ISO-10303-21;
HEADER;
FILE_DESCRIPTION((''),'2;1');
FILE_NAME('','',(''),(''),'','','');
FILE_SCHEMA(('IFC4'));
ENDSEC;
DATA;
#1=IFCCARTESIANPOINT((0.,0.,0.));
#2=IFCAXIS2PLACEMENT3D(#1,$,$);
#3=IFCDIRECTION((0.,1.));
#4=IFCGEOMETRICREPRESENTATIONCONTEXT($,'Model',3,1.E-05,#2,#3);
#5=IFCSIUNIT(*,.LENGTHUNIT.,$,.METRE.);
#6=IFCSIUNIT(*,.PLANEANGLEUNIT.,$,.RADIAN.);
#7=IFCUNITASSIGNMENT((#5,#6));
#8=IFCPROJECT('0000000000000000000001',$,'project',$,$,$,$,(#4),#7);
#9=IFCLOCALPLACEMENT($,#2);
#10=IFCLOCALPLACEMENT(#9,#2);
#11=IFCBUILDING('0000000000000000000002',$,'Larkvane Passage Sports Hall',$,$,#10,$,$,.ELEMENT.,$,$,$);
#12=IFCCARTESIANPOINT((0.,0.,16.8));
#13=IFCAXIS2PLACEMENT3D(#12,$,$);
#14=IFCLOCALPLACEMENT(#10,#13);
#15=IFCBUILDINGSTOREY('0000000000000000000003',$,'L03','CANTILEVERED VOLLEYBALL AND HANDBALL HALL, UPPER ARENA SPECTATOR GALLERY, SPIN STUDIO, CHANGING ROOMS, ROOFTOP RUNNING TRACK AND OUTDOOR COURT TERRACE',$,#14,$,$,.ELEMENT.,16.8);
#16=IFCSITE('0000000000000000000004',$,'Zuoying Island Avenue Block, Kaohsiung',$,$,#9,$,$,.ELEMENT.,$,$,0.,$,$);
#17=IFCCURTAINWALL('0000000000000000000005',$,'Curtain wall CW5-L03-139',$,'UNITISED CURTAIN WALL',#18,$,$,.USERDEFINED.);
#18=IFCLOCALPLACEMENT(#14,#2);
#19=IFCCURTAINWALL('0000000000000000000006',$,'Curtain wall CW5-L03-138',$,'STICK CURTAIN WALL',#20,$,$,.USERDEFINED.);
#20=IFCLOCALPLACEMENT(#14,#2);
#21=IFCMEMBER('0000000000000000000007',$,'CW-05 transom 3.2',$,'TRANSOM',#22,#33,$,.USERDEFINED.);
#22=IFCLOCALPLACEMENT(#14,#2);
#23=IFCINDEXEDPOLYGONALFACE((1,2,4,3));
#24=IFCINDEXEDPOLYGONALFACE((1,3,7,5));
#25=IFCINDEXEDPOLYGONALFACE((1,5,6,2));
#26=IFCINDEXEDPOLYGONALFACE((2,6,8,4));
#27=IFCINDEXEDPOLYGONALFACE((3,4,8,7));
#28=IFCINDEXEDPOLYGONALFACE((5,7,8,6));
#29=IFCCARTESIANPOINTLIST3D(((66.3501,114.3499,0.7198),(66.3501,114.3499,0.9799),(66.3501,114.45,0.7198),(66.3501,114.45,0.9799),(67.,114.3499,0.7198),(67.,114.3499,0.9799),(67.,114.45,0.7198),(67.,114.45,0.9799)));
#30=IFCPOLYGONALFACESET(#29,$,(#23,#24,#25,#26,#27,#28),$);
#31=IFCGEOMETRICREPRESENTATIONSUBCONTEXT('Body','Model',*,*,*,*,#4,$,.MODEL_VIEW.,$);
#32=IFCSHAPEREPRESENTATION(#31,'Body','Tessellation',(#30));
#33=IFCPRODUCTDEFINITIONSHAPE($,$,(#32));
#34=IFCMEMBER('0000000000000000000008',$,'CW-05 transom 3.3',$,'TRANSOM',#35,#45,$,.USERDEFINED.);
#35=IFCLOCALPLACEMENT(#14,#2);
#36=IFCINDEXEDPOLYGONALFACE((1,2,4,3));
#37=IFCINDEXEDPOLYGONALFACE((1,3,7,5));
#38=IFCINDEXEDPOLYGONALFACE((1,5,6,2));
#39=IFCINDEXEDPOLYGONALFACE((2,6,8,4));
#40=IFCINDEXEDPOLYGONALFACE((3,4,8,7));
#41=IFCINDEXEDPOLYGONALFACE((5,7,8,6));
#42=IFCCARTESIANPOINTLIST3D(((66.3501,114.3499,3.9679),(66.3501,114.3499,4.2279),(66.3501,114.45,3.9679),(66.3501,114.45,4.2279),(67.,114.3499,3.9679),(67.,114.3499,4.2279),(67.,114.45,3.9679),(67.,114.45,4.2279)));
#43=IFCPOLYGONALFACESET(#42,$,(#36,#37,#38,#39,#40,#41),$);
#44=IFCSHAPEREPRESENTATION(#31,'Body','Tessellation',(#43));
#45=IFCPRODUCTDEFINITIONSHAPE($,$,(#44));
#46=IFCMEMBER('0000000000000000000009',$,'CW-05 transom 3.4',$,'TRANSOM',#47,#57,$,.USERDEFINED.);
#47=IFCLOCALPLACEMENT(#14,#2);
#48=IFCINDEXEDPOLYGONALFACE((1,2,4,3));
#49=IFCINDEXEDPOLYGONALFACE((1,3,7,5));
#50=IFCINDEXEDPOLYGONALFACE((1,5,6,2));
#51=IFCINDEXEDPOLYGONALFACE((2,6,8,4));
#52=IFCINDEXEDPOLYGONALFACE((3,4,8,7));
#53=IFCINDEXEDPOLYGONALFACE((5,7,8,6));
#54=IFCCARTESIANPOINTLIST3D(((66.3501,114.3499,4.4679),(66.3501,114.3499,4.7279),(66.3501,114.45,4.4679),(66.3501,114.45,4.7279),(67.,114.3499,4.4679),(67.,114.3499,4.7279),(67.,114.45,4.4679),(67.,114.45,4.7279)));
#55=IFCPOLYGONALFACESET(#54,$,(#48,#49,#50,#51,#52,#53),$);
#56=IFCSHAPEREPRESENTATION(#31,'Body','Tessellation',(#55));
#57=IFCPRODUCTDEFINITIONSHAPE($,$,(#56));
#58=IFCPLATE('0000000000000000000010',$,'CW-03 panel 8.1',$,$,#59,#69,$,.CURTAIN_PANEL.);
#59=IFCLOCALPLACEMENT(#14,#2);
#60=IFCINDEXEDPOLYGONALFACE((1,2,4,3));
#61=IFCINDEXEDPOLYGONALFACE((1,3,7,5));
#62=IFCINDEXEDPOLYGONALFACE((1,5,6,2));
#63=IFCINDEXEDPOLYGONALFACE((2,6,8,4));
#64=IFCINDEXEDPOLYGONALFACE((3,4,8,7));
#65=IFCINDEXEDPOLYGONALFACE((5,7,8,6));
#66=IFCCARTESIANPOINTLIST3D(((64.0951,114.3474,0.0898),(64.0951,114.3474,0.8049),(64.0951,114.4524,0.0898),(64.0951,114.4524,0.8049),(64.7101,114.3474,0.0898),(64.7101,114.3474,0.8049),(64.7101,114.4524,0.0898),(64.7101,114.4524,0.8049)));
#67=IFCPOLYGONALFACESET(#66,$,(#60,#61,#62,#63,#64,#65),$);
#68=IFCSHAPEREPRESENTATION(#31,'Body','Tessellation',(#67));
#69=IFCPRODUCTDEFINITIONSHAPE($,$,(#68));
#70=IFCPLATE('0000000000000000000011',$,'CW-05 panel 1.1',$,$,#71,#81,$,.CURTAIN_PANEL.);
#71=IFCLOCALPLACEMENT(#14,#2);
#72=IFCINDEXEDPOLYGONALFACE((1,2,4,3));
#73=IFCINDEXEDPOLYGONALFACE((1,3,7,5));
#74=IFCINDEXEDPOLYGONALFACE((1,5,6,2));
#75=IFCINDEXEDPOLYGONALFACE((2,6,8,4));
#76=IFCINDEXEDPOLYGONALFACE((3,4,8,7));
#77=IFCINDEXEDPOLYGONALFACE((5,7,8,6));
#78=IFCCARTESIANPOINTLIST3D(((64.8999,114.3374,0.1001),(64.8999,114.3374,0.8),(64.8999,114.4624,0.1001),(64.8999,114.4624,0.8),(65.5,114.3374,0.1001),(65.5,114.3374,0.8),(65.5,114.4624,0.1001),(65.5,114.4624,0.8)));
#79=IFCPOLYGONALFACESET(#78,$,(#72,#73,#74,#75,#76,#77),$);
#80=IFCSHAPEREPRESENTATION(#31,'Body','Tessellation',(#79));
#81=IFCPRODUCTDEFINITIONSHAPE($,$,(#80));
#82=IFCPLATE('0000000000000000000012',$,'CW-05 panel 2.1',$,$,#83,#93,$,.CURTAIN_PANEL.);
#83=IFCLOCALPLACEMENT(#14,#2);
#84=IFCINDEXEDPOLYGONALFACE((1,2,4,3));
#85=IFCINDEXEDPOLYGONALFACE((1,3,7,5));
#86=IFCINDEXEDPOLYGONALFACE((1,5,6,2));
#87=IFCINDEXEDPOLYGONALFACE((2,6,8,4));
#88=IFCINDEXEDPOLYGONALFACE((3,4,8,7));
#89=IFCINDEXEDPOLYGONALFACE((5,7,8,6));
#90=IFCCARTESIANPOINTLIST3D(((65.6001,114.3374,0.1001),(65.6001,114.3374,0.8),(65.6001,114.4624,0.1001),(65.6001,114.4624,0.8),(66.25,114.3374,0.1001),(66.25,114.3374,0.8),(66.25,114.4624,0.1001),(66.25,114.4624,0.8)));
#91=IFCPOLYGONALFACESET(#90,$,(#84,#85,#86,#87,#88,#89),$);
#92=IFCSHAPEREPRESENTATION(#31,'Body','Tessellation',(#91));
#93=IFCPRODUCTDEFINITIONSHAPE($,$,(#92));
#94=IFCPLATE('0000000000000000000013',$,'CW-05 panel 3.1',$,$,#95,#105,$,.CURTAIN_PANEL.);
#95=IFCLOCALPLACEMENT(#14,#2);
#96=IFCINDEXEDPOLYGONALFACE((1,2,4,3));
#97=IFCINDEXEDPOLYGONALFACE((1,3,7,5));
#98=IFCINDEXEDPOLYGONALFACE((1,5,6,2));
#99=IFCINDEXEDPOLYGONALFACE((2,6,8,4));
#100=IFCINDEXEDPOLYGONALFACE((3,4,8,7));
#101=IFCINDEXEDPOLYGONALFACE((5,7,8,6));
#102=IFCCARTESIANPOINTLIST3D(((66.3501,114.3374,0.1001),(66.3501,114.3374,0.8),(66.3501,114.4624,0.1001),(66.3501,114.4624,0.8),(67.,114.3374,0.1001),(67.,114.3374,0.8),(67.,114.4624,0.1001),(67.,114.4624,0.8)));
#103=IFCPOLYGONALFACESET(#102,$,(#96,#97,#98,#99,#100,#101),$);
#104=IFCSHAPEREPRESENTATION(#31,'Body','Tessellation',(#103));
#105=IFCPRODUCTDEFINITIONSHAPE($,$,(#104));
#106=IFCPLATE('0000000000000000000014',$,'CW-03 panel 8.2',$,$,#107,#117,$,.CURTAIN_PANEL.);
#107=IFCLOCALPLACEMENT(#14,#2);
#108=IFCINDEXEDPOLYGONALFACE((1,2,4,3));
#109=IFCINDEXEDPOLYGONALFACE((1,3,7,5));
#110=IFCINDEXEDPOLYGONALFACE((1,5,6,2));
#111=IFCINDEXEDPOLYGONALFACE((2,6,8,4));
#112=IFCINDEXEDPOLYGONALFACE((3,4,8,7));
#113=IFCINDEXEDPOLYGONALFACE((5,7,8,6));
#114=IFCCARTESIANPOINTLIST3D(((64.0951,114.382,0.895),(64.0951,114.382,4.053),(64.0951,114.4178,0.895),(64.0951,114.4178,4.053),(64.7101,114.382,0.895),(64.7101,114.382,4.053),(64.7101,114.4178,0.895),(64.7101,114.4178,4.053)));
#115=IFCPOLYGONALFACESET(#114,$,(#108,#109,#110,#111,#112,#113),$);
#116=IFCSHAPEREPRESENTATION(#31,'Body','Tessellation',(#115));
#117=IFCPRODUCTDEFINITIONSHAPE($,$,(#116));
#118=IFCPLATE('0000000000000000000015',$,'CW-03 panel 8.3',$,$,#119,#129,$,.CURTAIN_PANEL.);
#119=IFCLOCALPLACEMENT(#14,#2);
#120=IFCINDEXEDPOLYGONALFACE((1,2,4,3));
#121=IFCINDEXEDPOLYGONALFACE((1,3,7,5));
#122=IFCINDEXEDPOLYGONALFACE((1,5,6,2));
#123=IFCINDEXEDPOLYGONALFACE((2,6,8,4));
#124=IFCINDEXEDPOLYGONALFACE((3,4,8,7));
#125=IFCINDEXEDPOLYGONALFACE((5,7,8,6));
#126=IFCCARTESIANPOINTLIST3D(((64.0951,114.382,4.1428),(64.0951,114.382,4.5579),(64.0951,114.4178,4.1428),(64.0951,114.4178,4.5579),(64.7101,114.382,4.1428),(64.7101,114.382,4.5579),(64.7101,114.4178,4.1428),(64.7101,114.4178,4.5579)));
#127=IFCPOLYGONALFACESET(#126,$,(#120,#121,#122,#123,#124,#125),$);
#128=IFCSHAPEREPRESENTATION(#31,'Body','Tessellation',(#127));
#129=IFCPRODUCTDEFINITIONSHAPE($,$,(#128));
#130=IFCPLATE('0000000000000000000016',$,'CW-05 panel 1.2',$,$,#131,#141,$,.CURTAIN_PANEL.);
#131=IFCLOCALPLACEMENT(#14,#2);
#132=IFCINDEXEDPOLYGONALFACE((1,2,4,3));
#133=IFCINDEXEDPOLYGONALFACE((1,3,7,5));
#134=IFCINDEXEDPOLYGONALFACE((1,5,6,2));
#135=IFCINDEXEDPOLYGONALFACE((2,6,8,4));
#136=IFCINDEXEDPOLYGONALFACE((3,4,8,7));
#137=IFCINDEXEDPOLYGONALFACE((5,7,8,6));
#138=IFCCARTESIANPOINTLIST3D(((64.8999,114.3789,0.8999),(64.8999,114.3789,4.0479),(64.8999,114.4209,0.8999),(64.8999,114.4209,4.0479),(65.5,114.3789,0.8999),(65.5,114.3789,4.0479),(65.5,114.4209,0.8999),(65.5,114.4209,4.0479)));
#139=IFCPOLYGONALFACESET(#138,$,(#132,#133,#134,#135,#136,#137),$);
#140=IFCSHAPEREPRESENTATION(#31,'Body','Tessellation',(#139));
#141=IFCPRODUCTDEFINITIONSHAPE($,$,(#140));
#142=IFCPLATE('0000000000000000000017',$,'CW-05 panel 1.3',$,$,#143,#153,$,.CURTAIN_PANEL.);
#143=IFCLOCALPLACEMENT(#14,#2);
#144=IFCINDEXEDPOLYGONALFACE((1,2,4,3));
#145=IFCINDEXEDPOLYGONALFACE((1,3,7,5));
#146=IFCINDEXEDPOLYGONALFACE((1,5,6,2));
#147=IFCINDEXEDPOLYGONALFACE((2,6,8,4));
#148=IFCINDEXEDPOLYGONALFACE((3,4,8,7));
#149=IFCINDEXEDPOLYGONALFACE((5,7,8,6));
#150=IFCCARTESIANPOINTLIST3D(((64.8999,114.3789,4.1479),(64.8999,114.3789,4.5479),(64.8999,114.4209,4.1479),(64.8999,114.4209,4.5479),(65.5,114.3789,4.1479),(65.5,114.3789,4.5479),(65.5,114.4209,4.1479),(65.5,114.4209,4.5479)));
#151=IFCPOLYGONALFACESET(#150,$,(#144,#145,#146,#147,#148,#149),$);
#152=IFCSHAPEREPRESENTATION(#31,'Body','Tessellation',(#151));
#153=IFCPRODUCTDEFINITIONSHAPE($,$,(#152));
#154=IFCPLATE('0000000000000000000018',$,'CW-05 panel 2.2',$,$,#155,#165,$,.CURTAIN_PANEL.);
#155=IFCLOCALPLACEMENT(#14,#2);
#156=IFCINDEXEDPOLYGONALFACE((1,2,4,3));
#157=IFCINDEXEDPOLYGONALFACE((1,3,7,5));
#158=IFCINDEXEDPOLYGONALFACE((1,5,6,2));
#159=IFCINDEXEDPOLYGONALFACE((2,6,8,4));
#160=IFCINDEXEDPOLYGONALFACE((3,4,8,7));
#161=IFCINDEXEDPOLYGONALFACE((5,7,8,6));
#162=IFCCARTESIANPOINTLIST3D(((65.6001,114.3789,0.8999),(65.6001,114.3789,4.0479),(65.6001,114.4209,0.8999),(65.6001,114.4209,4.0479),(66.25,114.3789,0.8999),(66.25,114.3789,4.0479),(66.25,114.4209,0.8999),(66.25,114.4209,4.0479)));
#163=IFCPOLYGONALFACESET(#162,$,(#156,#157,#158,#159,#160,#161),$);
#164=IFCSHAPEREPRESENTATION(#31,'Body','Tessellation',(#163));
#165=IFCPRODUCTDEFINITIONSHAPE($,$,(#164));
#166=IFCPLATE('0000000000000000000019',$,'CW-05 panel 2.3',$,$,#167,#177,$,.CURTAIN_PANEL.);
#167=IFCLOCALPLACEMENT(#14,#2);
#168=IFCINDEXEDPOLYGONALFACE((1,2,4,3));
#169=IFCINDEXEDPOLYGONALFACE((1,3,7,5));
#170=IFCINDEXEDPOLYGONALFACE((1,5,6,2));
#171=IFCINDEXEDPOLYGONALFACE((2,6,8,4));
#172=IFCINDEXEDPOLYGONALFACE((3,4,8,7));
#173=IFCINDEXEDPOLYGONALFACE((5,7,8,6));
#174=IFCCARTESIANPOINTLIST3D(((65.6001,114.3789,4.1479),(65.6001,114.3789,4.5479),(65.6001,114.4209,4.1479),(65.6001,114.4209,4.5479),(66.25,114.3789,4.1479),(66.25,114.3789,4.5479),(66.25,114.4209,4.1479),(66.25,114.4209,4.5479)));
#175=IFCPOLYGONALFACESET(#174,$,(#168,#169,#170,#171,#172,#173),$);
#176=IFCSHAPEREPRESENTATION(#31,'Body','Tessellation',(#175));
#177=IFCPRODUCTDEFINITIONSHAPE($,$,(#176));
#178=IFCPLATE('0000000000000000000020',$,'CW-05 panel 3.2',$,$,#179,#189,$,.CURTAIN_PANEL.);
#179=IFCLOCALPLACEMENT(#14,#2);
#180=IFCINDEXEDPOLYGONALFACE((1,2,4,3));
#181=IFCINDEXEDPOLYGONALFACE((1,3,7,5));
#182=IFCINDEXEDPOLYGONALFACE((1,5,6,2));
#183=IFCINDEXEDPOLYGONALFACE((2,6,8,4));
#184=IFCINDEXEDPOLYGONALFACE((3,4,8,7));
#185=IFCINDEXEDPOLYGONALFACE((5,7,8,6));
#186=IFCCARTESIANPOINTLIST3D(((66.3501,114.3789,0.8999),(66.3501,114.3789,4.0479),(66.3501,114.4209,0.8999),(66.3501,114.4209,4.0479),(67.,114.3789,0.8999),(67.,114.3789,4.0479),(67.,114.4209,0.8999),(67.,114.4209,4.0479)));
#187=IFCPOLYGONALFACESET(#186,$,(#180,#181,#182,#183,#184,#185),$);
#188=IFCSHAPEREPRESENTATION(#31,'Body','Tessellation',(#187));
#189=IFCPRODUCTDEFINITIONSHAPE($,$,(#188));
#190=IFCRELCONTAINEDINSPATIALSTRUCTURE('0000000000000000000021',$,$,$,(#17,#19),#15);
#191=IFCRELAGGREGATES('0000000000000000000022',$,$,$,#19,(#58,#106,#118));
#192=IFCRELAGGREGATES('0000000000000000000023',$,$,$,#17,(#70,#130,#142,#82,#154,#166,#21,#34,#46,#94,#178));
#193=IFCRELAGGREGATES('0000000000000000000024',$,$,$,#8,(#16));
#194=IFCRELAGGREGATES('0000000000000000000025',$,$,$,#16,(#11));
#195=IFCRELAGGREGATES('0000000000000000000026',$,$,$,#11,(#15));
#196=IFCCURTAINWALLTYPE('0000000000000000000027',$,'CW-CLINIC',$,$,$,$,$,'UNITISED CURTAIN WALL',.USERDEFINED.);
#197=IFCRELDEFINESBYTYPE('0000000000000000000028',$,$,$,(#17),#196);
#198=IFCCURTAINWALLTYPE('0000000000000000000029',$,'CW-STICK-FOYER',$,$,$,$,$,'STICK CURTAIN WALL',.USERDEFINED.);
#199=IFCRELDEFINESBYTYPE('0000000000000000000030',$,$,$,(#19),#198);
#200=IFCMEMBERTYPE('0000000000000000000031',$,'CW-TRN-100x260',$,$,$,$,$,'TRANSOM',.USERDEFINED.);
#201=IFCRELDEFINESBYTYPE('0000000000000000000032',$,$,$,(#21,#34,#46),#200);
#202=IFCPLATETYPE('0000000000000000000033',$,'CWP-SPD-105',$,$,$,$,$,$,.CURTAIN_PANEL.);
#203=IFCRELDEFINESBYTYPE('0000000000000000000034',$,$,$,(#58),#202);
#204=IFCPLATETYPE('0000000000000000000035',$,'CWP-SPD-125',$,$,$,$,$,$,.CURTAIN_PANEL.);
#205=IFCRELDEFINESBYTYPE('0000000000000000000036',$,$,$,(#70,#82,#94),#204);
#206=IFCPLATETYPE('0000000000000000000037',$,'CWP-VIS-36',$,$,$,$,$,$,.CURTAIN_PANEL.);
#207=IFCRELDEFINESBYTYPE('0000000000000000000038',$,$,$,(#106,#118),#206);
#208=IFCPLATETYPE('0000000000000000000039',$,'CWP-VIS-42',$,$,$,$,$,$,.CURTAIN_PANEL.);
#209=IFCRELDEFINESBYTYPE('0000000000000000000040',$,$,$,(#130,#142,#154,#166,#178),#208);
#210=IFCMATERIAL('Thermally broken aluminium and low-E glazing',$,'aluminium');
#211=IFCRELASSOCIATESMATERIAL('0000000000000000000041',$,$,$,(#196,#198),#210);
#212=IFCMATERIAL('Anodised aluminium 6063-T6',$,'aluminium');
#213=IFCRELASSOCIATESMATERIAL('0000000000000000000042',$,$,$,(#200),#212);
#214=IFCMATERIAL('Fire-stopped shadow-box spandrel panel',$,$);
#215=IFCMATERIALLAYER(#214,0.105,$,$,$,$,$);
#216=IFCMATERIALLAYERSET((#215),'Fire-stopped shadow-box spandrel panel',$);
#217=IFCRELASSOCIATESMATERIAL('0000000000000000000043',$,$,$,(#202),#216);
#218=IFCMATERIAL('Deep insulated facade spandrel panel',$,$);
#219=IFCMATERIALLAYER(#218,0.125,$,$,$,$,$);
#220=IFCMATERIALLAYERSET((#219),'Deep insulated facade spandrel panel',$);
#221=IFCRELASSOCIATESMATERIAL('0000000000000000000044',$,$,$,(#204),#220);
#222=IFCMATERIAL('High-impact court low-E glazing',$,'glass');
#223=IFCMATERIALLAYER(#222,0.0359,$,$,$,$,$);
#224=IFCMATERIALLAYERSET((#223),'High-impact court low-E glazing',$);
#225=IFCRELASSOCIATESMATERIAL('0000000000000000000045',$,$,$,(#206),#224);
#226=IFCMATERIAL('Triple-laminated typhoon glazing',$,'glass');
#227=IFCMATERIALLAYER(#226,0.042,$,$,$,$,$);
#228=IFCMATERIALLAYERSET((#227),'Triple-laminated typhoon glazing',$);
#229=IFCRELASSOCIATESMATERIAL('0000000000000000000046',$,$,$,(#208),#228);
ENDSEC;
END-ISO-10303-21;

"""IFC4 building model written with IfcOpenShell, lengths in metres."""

from ifc_helpers import new_model, si_unit, direction, frame, origin, origin_2d, place, context, subcontext, project, spatial, rectangle, extrude, material, layer, layer_set, material_profile, profile_set, type_object, element, aggregate, save


model = new_model("IFC4")

# Units and contexts
model_context = context("Model", 3, precision=1e-05, world=origin(), true_north=direction((0.0, 1.0)))
body_context = subcontext(model_context, "Body", "Model", "MODEL_VIEW")
ifc_project = project(units=[si_unit("LENGTHUNIT", "METRE"), si_unit("PLANEANGLEUNIT", "RADIAN")], contexts=[model_context])

# Site, building, storey
site_placement = place(None, origin())
site = spatial("IfcSite", under=ifc_project, at=site_placement, Name="Zuoying Island Avenue Block, Kaohsiung", CompositionType="ELEMENT", RefElevation=0.0)
building_placement = place(site_placement, origin())
building = spatial("IfcBuilding", under=site, at=building_placement, Name="Larkvane Passage Sports Hall", CompositionType="ELEMENT")
storey_placement = place(building_placement, frame((0.0, 0.0, 16.8)))
storey = spatial("IfcBuildingStorey", under=building, at=storey_placement, Name="L03", Description="CANTILEVERED VOLLEYBALL AND HANDBALL HALL, UPPER ARENA SPECTATOR GALLERY, SPIN STUDIO, CHANGING ROOMS, ROOFTOP RUNNING TRACK AND OUTDOOR COURT TERRACE", CompositionType="ELEMENT", Elevation=16.8)

# Curtain wall
ifc_material_1 = material(Name="Thermally broken aluminium and low-E glazing", Category="aluminium")
curtain_wall_type_1 = type_object("IfcCurtainWallType", Name="CW-CLINIC", ElementType="UNITISED CURTAIN WALL", PredefinedType="USERDEFINED", material=ifc_material_1)
curtain_wall_1_placement = place(storey_placement, origin())
curtain_wall_1 = element("IfcCurtainWall", 1, at=curtain_wall_1_placement, inside=storey, type_object=curtain_wall_type_1, Name="Curtain wall CW5-L03-139", ObjectType="UNITISED CURTAIN WALL", PredefinedType="USERDEFINED")
ifc_material_2 = material(Name="Anodised aluminium 6063-T6", Category="aluminium")

# Curtain wall
curtain_wall_type_2 = type_object("IfcCurtainWallType", Name="CW-STICK-FOYER", ElementType="STICK CURTAIN WALL", PredefinedType="USERDEFINED", material=ifc_material_1)
curtain_wall_2_placement = place(storey_placement, origin())
curtain_wall_2 = element("IfcCurtainWall", 2, at=curtain_wall_2_placement, inside=storey, type_object=curtain_wall_type_2, Name="Curtain wall CW5-L03-138", ObjectType="STICK CURTAIN WALL", PredefinedType="USERDEFINED")

# Members
ifc_material_profile_1 = material_profile(ifc_material_2, rectangle(XDim=0.1001, YDim=0.26, at=origin_2d()), Name="ALU-TRN-100x260")
ifc_profile_set_1 = profile_set([ifc_material_profile_1], Name="Anodised aluminium 6063-T6")
member_type_1 = type_object("IfcMemberType", Name="CW-TRN-100x260", ElementType="TRANSOM", PredefinedType="USERDEFINED", material=ifc_profile_set_1)
member_1_placement = place(storey_placement, frame((66.3501, 114.3999, 0.8499), z_axis=(1.0, 0.0, 0.0), x_axis=(0.0, 1.0, 0.0)))
member_1 = element("IfcMember", 3, at=member_1_placement, type_object=member_type_1, Name="CW-05 transom 3.2", ObjectType="TRANSOM", PredefinedType="USERDEFINED", context=body_context, shape_type="SweptSolid", body=[
    extrude(rectangle(XDim=0.1001, YDim=0.26, at=origin_2d()), origin(), (0.0, 0.0, 1.0), 0.6499),
])
member_2_placement = place(storey_placement, frame((66.3501, 114.3999, 4.0979), z_axis=(1.0, 0.0, 0.0), x_axis=(0.0, 1.0, 0.0)))
member_2 = element("IfcMember", 4, at=member_2_placement, type_object=member_type_1, Name="CW-05 transom 3.3", ObjectType="TRANSOM", PredefinedType="USERDEFINED", context=body_context, shape_type="SweptSolid", body=[
    extrude(rectangle(XDim=0.1001, YDim=0.26, at=origin_2d()), origin(), (0.0, 0.0, 1.0), 0.6499),
])
member_3_placement = place(storey_placement, frame((66.3501, 114.3999, 4.5979), z_axis=(1.0, 0.0, 0.0), x_axis=(0.0, 1.0, 0.0)))
member_3 = element("IfcMember", 5, at=member_3_placement, type_object=member_type_1, Name="CW-05 transom 3.4", ObjectType="TRANSOM", PredefinedType="USERDEFINED", context=body_context, shape_type="SweptSolid", body=[
    extrude(rectangle(XDim=0.1001, YDim=0.26, at=origin_2d()), origin(), (0.0, 0.0, 1.0), 0.6499),
])

# Plates
ifc_material_3 = material(Name="Fire-stopped shadow-box spandrel panel")
ifc_layer_1 = layer(ifc_material_3, 0.105)
ifc_layer_set_1 = layer_set([ifc_layer_1], Name="Fire-stopped shadow-box spandrel panel")
plate_type_1 = type_object("IfcPlateType", Name="CWP-SPD-105", PredefinedType="CURTAIN_PANEL", material=ifc_layer_set_1)
plate_1_placement = place(storey_placement, frame((64.4026, 114.3999, 0.0898), z_axis=(0.0, 0.0, 1.0), x_axis=(1.0, 0.0, 0.0)))
plate_1 = element("IfcPlate", 6, at=plate_1_placement, type_object=plate_type_1, Name="CW-03 panel 8.1", PredefinedType="CURTAIN_PANEL", context=body_context, shape_type="SweptSolid", body=[
    extrude(rectangle(XDim=0.615, YDim=0.105, at=origin_2d()), origin(), (0.0, 0.0, 1.0), 0.7151),
])
ifc_material_4 = material(Name="Deep insulated facade spandrel panel")
ifc_layer_2 = layer(ifc_material_4, 0.125)
ifc_layer_set_2 = layer_set([ifc_layer_2], Name="Deep insulated facade spandrel panel")
plate_type_2 = type_object("IfcPlateType", Name="CWP-SPD-125", PredefinedType="CURTAIN_PANEL", material=ifc_layer_set_2)
plate_2_placement = place(storey_placement, frame((65.2, 114.3999, 0.1001), z_axis=(0.0, 0.0, 1.0), x_axis=(1.0, 0.0, 0.0)))
plate_2 = element("IfcPlate", 7, at=plate_2_placement, type_object=plate_type_2, Name="CW-05 panel 1.1", PredefinedType="CURTAIN_PANEL", context=body_context, shape_type="SweptSolid", body=[
    extrude(rectangle(XDim=0.6001, YDim=0.125, at=origin_2d()), origin(), (0.0, 0.0, 1.0), 0.7),
])
plate_3_placement = place(storey_placement, frame((65.925, 114.3999, 0.1001), z_axis=(0.0, 0.0, 1.0), x_axis=(1.0, 0.0, 0.0)))
plate_3 = element("IfcPlate", 8, at=plate_3_placement, type_object=plate_type_2, Name="CW-05 panel 2.1", PredefinedType="CURTAIN_PANEL", context=body_context, shape_type="SweptSolid", body=[
    extrude(rectangle(XDim=0.6499, YDim=0.125, at=origin_2d()), origin(), (0.0, 0.0, 1.0), 0.7),
])
plate_4_placement = place(storey_placement, frame((66.675, 114.3999, 0.1001), z_axis=(0.0, 0.0, 1.0), x_axis=(1.0, 0.0, 0.0)))
plate_4 = element("IfcPlate", 9, at=plate_4_placement, type_object=plate_type_2, Name="CW-05 panel 3.1", PredefinedType="CURTAIN_PANEL", context=body_context, shape_type="SweptSolid", body=[
    extrude(rectangle(XDim=0.6499, YDim=0.125, at=origin_2d()), origin(), (0.0, 0.0, 1.0), 0.7),
])
ifc_material_5 = material(Name="High-impact court low-E glazing", Category="glass")
ifc_layer_3 = layer(ifc_material_5, 0.0359)
ifc_layer_set_3 = layer_set([ifc_layer_3], Name="High-impact court low-E glazing")
plate_type_3 = type_object("IfcPlateType", Name="CWP-VIS-36", PredefinedType="CURTAIN_PANEL", material=ifc_layer_set_3)
plate_5_placement = place(storey_placement, frame((64.4026, 114.3999, 0.895), z_axis=(0.0, 0.0, 1.0), x_axis=(1.0, 0.0, 0.0)))
plate_5 = element("IfcPlate", 10, at=plate_5_placement, type_object=plate_type_3, Name="CW-03 panel 8.2", PredefinedType="CURTAIN_PANEL", context=body_context, shape_type="SweptSolid", body=[
    extrude(rectangle(XDim=0.615, YDim=0.0359, at=origin_2d()), origin(), (0.0, 0.0, 1.0), 3.158),
])
plate_6_placement = place(storey_placement, frame((64.4026, 114.3999, 4.1428), z_axis=(0.0, 0.0, 1.0), x_axis=(1.0, 0.0, 0.0)))
plate_6 = element("IfcPlate", 11, at=plate_6_placement, type_object=plate_type_3, Name="CW-03 panel 8.3", PredefinedType="CURTAIN_PANEL", context=body_context, shape_type="SweptSolid", body=[
    extrude(rectangle(XDim=0.615, YDim=0.0359, at=origin_2d()), origin(), (0.0, 0.0, 1.0), 0.415),
])
aggregate(curtain_wall_2, [plate_1, plate_5, plate_6])
ifc_material_6 = material(Name="Triple-laminated typhoon glazing", Category="glass")
ifc_layer_4 = layer(ifc_material_6, 0.042)
ifc_layer_set_4 = layer_set([ifc_layer_4], Name="Triple-laminated typhoon glazing")
plate_type_4 = type_object("IfcPlateType", Name="CWP-VIS-42", PredefinedType="CURTAIN_PANEL", material=ifc_layer_set_4)
plate_7_placement = place(storey_placement, frame((65.2, 114.3999, 0.8999), z_axis=(0.0, 0.0, 1.0), x_axis=(1.0, 0.0, 0.0)))
plate_7 = element("IfcPlate", 12, at=plate_7_placement, type_object=plate_type_4, Name="CW-05 panel 1.2", PredefinedType="CURTAIN_PANEL", context=body_context, shape_type="SweptSolid", body=[
    extrude(rectangle(XDim=0.6001, YDim=0.042, at=origin_2d()), origin(), (0.0, 0.0, 1.0), 3.1479),
])
plate_8_placement = place(storey_placement, frame((65.2, 114.3999, 4.1479), z_axis=(0.0, 0.0, 1.0), x_axis=(1.0, 0.0, 0.0)))
plate_8 = element("IfcPlate", 13, at=plate_8_placement, type_object=plate_type_4, Name="CW-05 panel 1.3", PredefinedType="CURTAIN_PANEL", context=body_context, shape_type="SweptSolid", body=[
    extrude(rectangle(XDim=0.6001, YDim=0.042, at=origin_2d()), origin(), (0.0, 0.0, 1.0), 0.3999),
])
plate_9_placement = place(storey_placement, frame((65.925, 114.3999, 0.8999), z_axis=(0.0, 0.0, 1.0), x_axis=(1.0, 0.0, 0.0)))
plate_9 = element("IfcPlate", 14, at=plate_9_placement, type_object=plate_type_4, Name="CW-05 panel 2.2", PredefinedType="CURTAIN_PANEL", context=body_context, shape_type="SweptSolid", body=[
    extrude(rectangle(XDim=0.6499, YDim=0.042, at=origin_2d()), origin(), (0.0, 0.0, 1.0), 3.1479),
])
plate_10_placement = place(storey_placement, frame((65.925, 114.3999, 4.1479), z_axis=(0.0, 0.0, 1.0), x_axis=(1.0, 0.0, 0.0)))
plate_10 = element("IfcPlate", 15, at=plate_10_placement, type_object=plate_type_4, Name="CW-05 panel 2.3", PredefinedType="CURTAIN_PANEL", context=body_context, shape_type="SweptSolid", body=[
    extrude(rectangle(XDim=0.6499, YDim=0.042, at=origin_2d()), origin(), (0.0, 0.0, 1.0), 0.3999),
])
plate_11_placement = place(storey_placement, frame((66.675, 114.3999, 0.8999), z_axis=(0.0, 0.0, 1.0), x_axis=(1.0, 0.0, 0.0)))
plate_11 = element("IfcPlate", 16, at=plate_11_placement, type_object=plate_type_4, Name="CW-05 panel 3.2", PredefinedType="CURTAIN_PANEL", context=body_context, shape_type="SweptSolid", body=[
    extrude(rectangle(XDim=0.6499, YDim=0.042, at=origin_2d()), origin(), (0.0, 0.0, 1.0), 3.1479),
])
aggregate(curtain_wall_1, [plate_2, plate_7, plate_8, plate_3, plate_9, plate_10, member_1, member_2, member_3, plate_4, plate_11])

save(model, "model.ifc")
